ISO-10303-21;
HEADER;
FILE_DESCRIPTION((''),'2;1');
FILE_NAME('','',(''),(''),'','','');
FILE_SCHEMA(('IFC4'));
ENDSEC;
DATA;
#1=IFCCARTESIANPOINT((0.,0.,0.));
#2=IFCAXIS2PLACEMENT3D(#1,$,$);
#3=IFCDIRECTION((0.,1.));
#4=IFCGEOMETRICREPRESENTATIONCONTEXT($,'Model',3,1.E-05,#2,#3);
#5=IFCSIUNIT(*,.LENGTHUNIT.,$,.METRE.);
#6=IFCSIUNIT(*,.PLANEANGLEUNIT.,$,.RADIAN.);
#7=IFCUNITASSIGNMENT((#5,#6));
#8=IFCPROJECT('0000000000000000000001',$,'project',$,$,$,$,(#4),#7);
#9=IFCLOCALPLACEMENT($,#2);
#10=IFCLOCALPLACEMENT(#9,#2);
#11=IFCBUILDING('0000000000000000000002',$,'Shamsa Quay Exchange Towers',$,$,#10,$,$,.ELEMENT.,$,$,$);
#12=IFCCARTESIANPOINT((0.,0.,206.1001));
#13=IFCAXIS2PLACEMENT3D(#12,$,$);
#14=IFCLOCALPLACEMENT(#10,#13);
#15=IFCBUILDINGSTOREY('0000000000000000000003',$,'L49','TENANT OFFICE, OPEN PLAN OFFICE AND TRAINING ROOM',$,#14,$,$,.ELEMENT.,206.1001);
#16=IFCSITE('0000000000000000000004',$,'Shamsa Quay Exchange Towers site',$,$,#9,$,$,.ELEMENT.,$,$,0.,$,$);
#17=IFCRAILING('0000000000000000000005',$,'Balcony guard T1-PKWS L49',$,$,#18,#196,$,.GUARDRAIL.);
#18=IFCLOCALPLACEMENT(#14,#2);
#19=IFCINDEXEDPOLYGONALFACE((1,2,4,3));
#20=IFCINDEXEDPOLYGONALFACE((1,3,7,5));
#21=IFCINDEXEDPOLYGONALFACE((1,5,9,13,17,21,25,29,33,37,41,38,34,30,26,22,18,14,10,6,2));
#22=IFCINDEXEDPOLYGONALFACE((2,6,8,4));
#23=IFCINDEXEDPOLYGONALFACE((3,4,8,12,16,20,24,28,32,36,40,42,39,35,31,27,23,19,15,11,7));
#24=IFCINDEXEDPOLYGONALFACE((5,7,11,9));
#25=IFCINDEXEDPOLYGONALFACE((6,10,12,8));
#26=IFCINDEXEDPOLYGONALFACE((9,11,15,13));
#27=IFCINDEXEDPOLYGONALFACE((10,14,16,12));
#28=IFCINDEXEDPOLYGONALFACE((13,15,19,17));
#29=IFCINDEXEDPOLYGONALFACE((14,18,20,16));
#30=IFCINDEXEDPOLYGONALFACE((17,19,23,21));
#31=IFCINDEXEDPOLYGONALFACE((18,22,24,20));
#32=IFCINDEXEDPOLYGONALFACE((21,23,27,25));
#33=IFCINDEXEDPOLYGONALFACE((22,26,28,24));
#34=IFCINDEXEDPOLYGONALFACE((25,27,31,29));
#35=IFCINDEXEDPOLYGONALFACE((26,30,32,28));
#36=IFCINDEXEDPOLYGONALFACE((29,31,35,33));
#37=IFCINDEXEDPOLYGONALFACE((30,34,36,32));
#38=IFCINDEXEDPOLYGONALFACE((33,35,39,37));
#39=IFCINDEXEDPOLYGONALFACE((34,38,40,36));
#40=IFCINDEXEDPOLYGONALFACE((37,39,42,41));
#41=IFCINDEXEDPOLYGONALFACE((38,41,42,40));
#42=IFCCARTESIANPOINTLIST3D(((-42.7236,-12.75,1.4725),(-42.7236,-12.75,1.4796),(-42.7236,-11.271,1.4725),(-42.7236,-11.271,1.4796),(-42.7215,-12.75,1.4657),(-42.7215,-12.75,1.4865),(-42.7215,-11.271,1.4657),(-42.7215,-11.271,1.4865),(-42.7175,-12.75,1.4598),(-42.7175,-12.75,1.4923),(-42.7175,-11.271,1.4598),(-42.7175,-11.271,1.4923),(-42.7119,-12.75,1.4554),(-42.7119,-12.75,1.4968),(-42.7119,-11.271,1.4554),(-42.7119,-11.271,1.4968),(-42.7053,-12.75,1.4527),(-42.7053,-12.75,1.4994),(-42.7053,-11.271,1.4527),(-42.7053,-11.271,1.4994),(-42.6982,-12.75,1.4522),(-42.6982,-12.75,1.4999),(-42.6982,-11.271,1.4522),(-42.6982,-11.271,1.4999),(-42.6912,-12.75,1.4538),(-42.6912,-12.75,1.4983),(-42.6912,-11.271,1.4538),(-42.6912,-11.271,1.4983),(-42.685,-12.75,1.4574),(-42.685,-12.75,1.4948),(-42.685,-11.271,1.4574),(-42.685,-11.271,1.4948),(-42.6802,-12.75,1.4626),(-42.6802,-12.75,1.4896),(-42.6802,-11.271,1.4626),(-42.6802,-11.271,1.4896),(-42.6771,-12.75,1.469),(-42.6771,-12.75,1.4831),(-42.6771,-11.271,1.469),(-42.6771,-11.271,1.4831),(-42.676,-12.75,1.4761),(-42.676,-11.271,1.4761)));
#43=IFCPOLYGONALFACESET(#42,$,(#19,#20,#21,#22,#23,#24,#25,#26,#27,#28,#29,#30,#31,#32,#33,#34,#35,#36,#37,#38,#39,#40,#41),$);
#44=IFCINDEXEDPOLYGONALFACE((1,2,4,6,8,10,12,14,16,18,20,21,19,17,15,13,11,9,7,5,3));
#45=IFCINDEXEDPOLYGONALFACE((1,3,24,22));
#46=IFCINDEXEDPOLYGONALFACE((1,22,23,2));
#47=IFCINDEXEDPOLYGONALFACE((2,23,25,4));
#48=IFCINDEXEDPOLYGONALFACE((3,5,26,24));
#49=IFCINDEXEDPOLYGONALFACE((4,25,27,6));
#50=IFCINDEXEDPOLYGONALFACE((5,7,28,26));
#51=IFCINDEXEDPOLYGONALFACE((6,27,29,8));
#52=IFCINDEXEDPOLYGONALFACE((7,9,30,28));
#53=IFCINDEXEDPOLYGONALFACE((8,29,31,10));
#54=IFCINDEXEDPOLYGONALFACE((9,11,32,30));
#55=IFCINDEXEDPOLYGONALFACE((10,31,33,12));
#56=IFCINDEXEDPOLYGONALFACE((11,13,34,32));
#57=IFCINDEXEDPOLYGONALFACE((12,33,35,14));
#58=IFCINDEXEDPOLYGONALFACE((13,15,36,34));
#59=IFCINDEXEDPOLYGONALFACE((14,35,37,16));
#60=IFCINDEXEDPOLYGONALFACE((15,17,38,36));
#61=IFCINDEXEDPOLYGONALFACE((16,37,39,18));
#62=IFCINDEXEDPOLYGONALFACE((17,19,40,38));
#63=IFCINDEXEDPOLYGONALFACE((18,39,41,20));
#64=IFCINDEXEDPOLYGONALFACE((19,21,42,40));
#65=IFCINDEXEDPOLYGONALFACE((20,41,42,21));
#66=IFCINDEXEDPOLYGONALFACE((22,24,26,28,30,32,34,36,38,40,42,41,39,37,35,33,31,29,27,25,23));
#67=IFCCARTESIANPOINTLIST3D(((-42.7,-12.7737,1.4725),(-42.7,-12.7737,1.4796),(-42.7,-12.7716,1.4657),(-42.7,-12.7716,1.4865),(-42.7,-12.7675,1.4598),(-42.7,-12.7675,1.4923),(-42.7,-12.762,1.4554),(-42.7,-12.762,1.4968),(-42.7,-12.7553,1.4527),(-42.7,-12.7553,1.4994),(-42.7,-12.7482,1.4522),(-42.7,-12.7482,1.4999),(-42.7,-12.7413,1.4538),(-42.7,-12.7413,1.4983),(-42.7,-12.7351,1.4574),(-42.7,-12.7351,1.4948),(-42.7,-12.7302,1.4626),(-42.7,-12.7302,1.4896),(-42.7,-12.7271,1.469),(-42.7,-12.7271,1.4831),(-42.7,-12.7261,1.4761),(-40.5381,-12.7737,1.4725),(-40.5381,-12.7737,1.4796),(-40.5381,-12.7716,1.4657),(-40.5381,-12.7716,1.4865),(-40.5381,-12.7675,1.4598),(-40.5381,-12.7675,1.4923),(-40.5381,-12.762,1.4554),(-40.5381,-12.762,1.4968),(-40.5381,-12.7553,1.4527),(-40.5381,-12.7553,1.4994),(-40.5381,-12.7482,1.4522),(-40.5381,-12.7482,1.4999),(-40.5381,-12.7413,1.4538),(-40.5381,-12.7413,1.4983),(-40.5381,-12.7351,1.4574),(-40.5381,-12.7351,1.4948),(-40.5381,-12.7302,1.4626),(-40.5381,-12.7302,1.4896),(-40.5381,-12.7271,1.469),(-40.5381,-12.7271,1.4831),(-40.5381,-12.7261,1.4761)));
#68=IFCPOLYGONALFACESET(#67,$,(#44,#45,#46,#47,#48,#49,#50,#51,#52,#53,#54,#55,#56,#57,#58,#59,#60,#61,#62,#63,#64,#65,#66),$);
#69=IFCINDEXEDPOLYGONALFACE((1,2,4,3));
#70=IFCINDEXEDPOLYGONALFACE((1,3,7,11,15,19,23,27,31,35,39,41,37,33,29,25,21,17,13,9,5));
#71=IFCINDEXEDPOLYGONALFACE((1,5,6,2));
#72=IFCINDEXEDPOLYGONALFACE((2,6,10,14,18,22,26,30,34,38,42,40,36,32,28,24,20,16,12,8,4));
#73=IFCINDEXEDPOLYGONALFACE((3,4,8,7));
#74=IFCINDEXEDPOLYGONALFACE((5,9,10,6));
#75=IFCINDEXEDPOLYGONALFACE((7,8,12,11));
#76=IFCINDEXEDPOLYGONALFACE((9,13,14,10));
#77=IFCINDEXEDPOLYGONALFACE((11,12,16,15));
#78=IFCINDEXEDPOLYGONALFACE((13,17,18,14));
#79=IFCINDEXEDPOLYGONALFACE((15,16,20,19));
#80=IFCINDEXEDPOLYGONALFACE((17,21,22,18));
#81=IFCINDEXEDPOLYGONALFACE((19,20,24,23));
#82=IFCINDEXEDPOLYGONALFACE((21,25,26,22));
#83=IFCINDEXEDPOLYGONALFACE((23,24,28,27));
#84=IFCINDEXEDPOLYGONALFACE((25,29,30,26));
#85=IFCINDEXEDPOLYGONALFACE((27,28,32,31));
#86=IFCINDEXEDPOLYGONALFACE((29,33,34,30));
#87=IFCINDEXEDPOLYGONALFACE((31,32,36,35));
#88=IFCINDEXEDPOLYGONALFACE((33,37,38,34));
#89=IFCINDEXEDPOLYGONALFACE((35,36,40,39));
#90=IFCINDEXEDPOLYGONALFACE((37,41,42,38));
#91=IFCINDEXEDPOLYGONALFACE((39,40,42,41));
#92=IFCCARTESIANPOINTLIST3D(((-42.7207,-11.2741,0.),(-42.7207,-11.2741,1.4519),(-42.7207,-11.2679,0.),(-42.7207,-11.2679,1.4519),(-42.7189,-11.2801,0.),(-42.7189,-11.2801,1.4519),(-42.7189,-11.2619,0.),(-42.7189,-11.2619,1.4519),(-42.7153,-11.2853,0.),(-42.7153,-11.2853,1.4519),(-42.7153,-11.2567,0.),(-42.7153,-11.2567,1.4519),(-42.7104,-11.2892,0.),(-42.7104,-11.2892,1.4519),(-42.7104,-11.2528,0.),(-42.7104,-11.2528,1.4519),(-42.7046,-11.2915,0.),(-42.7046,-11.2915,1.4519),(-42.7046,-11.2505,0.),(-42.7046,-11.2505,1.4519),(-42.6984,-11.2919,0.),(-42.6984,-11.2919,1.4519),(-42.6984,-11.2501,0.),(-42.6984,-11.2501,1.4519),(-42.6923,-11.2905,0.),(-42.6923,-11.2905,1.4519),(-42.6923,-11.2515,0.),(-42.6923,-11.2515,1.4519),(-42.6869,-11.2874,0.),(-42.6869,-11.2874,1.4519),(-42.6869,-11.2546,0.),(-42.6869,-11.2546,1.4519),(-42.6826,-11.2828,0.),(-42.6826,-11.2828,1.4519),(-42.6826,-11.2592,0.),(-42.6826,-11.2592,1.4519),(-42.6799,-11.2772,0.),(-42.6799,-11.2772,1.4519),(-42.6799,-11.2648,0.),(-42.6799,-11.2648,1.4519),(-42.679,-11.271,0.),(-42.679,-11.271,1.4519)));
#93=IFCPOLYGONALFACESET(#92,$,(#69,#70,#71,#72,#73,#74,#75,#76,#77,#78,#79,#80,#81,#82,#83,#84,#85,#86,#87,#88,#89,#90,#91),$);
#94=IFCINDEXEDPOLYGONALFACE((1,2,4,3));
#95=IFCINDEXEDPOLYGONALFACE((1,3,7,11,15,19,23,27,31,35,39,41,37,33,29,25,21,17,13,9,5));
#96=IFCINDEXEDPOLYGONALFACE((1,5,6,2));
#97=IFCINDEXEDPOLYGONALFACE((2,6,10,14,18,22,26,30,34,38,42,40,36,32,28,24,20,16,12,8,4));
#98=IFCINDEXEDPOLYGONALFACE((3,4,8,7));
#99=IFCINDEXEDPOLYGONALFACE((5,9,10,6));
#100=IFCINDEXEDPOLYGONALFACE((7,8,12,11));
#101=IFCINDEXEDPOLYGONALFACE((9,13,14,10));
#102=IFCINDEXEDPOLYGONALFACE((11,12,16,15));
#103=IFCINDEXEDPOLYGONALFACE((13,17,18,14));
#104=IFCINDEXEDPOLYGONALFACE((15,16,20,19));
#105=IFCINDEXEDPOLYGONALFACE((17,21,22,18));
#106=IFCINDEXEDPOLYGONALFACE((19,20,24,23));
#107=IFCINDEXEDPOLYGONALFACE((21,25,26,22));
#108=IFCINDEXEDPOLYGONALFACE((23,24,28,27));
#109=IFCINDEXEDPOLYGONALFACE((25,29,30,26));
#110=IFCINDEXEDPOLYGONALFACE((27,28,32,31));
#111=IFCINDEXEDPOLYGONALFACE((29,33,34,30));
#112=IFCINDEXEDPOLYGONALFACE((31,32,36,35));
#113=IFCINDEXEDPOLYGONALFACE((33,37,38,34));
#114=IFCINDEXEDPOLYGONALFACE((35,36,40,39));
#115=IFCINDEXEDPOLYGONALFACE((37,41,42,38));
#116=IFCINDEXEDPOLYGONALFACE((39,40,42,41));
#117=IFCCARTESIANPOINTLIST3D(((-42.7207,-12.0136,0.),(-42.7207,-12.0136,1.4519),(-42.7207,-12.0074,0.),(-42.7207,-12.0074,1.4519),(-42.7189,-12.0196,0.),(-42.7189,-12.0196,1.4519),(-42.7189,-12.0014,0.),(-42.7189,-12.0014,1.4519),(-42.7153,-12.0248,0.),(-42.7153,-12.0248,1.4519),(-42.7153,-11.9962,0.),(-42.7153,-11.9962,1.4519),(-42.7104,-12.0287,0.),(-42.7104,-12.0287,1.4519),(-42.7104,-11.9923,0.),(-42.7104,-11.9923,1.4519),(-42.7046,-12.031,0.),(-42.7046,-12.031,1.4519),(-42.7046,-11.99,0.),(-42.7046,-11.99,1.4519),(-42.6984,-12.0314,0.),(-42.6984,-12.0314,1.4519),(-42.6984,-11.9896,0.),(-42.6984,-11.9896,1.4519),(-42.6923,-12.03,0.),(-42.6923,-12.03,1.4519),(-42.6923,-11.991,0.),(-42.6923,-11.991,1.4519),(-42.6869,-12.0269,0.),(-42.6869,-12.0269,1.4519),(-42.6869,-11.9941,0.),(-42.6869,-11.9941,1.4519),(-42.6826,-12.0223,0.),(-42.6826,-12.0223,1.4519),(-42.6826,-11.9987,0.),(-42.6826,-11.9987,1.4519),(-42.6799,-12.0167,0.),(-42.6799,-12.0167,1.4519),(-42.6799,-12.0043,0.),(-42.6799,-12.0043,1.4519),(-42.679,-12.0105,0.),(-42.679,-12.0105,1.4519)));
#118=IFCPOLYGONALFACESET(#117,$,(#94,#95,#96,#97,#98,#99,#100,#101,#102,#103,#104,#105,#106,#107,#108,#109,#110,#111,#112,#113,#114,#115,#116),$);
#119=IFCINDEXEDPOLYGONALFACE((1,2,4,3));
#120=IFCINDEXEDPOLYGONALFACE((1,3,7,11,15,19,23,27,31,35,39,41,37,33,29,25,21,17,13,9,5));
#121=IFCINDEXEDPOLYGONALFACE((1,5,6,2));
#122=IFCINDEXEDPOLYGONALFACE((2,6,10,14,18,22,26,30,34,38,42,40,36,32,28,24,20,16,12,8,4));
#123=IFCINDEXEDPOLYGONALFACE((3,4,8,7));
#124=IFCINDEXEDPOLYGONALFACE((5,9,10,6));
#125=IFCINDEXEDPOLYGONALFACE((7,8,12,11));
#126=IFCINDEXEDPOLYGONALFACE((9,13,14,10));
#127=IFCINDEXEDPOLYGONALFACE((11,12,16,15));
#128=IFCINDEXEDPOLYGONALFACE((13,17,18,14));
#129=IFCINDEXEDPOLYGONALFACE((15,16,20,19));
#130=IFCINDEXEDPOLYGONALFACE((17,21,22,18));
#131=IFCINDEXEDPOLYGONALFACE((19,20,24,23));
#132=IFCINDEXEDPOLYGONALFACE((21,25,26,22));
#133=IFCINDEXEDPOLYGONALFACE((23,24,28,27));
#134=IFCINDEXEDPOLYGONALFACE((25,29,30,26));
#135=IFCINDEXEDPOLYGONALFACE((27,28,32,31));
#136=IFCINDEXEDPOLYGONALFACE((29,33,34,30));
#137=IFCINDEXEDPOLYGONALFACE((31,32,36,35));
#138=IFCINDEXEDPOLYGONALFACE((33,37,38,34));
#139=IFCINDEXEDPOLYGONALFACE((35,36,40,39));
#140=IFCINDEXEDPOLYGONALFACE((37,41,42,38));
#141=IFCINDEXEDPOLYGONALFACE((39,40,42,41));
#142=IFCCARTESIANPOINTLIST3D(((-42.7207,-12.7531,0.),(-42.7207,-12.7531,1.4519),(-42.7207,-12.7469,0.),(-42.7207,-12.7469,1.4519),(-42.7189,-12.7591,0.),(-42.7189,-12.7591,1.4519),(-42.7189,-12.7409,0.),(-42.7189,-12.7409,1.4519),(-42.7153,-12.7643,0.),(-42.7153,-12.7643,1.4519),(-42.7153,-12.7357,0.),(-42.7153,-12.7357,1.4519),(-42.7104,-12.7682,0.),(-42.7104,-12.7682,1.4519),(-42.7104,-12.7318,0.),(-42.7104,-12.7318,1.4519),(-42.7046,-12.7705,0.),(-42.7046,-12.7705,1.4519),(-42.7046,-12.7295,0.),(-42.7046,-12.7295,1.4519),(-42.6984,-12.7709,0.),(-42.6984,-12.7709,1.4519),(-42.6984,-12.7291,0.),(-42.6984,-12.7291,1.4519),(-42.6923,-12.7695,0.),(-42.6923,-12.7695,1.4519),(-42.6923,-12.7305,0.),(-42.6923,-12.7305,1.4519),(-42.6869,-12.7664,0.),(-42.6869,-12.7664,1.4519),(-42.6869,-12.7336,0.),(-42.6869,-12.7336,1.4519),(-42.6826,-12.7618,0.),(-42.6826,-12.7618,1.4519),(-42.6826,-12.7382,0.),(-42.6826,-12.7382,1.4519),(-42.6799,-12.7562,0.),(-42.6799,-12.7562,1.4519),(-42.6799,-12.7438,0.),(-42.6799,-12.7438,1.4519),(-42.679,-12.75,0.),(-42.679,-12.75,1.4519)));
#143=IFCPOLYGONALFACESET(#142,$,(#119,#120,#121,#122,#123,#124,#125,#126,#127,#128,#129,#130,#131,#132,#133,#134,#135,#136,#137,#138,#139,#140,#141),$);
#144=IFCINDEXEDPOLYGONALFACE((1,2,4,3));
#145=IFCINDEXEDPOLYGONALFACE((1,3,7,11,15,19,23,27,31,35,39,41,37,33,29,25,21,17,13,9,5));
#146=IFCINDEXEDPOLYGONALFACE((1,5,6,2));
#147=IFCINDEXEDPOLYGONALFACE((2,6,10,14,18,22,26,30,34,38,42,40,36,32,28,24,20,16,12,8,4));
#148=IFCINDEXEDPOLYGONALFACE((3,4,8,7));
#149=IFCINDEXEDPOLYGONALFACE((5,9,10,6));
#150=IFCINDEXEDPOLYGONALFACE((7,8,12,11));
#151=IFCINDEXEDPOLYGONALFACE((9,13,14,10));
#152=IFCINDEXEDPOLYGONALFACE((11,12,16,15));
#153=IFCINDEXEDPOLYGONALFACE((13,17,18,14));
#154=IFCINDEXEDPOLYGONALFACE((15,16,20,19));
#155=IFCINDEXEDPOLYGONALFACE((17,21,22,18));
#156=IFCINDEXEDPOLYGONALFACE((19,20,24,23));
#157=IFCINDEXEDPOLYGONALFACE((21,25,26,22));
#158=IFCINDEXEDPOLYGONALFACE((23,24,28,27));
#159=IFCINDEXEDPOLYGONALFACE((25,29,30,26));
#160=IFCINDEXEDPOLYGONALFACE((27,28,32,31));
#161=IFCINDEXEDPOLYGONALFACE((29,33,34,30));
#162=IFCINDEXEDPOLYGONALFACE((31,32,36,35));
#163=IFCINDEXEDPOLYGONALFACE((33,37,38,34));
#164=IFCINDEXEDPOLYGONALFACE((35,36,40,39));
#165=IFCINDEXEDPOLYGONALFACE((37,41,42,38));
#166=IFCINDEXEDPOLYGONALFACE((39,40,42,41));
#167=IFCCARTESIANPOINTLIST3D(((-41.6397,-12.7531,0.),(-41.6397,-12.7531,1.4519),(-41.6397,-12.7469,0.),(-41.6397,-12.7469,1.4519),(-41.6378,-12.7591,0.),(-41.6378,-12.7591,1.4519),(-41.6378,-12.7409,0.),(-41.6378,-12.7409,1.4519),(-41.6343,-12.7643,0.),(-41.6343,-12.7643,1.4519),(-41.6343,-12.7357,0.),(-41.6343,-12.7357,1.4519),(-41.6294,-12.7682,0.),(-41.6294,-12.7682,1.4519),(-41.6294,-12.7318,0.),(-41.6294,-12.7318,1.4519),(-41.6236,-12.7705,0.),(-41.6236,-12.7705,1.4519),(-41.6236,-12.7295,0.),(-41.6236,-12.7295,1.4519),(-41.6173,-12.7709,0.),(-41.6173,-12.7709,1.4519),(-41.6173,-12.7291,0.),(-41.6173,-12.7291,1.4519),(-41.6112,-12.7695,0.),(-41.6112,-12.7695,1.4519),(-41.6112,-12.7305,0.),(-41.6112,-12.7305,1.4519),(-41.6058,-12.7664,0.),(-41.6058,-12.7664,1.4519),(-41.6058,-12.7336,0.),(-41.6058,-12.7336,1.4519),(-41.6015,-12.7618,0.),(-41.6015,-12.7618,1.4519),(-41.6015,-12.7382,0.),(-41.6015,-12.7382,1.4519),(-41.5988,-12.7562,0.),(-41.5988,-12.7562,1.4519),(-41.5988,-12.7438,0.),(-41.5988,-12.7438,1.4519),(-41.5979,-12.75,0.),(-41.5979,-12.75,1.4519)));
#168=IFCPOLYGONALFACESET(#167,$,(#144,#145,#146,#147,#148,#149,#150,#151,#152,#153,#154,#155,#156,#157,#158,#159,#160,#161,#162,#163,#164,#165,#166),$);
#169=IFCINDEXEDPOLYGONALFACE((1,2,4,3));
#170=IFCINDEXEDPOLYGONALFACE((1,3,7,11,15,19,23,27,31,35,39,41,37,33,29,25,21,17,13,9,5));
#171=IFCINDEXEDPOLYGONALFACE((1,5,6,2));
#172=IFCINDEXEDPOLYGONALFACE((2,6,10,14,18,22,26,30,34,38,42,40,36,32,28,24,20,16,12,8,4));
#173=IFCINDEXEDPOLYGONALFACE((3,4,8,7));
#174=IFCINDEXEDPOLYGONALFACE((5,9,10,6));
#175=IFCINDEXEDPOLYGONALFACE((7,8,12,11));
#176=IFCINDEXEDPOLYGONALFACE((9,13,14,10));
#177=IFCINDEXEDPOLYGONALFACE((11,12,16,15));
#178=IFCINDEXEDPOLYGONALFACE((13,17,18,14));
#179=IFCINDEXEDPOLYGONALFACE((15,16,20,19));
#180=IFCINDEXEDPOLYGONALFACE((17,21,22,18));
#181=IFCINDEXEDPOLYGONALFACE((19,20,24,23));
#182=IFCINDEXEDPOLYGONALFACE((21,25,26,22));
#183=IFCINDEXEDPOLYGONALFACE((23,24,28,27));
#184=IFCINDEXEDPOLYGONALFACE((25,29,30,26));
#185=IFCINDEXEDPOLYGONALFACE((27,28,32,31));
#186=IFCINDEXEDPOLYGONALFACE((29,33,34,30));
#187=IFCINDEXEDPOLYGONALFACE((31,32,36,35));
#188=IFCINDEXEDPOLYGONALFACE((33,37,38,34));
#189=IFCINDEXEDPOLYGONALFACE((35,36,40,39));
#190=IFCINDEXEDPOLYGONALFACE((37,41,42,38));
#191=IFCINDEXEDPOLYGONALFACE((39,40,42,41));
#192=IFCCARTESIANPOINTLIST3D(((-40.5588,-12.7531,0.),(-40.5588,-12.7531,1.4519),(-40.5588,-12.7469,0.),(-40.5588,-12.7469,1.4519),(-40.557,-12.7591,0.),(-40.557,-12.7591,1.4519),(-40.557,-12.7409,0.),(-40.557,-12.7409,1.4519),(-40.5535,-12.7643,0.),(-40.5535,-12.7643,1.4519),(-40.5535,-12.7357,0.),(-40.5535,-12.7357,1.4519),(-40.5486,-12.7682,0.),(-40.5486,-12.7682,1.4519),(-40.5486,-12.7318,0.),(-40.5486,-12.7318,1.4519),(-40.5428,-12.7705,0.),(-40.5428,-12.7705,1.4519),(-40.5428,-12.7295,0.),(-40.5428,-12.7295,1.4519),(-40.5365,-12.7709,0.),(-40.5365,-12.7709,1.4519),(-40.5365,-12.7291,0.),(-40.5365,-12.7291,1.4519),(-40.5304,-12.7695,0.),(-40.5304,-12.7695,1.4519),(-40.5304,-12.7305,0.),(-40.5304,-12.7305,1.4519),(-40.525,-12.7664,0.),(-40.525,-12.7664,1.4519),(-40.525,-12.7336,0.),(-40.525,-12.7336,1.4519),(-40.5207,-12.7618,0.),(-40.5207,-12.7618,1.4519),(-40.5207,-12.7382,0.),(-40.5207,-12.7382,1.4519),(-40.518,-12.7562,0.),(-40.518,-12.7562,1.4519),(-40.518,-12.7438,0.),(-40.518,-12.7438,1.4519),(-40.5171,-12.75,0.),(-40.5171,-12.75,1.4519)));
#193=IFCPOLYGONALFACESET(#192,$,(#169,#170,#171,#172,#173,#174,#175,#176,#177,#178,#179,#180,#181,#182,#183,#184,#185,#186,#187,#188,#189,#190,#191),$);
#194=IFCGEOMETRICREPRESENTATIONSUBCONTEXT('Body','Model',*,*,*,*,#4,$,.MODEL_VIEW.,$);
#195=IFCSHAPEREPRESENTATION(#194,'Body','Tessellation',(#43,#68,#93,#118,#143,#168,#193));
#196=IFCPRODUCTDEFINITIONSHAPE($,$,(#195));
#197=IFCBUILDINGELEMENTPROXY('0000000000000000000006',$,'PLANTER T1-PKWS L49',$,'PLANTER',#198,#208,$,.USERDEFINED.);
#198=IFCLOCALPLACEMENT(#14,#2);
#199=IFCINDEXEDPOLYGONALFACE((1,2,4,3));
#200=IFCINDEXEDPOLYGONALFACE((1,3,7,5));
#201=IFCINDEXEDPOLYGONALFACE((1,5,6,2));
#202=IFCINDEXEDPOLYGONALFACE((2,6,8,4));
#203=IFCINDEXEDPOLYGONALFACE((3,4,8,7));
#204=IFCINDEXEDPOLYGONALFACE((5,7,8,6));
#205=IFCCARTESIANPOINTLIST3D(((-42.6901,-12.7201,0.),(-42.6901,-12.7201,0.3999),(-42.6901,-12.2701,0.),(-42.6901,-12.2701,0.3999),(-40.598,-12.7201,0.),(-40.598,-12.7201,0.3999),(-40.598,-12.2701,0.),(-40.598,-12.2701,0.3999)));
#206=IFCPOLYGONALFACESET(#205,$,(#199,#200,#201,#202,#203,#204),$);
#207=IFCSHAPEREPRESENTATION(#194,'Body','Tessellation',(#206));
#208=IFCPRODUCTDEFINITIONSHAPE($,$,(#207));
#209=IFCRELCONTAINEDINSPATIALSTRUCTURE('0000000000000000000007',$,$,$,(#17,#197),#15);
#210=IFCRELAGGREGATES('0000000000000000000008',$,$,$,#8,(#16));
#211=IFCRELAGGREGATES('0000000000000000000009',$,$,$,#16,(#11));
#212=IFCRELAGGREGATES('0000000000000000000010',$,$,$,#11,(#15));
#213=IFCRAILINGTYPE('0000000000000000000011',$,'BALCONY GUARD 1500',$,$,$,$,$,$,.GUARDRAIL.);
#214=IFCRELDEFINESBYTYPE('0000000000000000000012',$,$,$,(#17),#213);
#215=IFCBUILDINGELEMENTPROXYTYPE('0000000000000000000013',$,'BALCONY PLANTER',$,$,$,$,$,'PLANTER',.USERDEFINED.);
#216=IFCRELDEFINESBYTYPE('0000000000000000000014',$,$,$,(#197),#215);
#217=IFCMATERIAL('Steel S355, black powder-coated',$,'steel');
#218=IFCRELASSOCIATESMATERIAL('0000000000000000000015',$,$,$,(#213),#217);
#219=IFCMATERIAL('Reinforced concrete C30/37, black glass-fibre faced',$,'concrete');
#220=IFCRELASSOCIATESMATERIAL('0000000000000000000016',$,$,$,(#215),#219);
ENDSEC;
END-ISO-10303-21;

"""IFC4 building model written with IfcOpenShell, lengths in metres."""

from ifc_helpers import new_model, si_unit, direction, frame, origin, origin_2d, place, context, subcontext, project, spatial, rectangle, circle, extrude, material, type_object, element, save


model = new_model("IFC4")

# Units and contexts
model_context = context("Model", 3, precision=1e-05, world=origin(), true_north=direction((0.0, 1.0)))
body_context = subcontext(model_context, "Body", "Model", "MODEL_VIEW")
ifc_project = project(units=[si_unit("LENGTHUNIT", "METRE"), si_unit("PLANEANGLEUNIT", "RADIAN")], contexts=[model_context])

# Site, building, storey
site_placement = place(None, origin())
site = spatial("IfcSite", under=ifc_project, at=site_placement, Name="Shamsa Quay Exchange Towers site", CompositionType="ELEMENT", RefElevation=0.0)
building_placement = place(site_placement, origin())
building = spatial("IfcBuilding", under=site, at=building_placement, Name="Shamsa Quay Exchange Towers", CompositionType="ELEMENT")
storey_placement = place(building_placement, frame((0.0, 0.0, 206.1001)))
storey = spatial("IfcBuildingStorey", under=building, at=storey_placement, Name="L49", Description="TENANT OFFICE, OPEN PLAN OFFICE AND TRAINING ROOM", CompositionType="ELEMENT", Elevation=206.1001)

# Railing
ifc_material_1 = material(Name="Steel S355, black powder-coated", Category="steel")
railing_type_1 = type_object("IfcRailingType", Name="BALCONY GUARD 1500", PredefinedType="GUARDRAIL", material=ifc_material_1)
railing_1_placement = place(storey_placement, frame((-42.7, -11.271, 0.0)))
element("IfcRailing", 1, at=railing_1_placement, inside=storey, type_object=railing_type_1, Name="Balcony guard T1-PKWS L49", PredefinedType="GUARDRAIL", context=body_context, shape_type="SweptSolid", body=[
    extrude(circle(Radius=0.0239, at=origin_2d()), frame((0.0, 0.0, 1.4761), z_axis=(0.0, -1.0, 0.0), x_axis=(1.0, 0.0, 0.0)), (0.0, 0.0, 1.0), 1.479),
    extrude(circle(Radius=0.0239, at=origin_2d()), frame((0.0, -1.479, 1.4761), z_axis=(1.0, 0.0, 0.0), x_axis=(0.0, 1.0, 0.0)), (0.0, 0.0, 1.0), 2.1619),
    extrude(circle(Radius=0.021, at=origin_2d()), origin(), (0.0, 0.0, 1.0), 1.4519),
    extrude(circle(Radius=0.021, at=origin_2d()), frame((0.0, -0.7395, 0.0)), (0.0, 0.0, 1.0), 1.4519),
    extrude(circle(Radius=0.021, at=origin_2d()), frame((0.0, -1.479, 0.0)), (0.0, 0.0, 1.0), 1.4519),
    extrude(circle(Radius=0.021, at=origin_2d()), frame((1.0811, -1.479, 0.0)), (0.0, 0.0, 1.0), 1.4519),
    extrude(circle(Radius=0.021, at=origin_2d()), frame((2.1619, -1.479, 0.0)), (0.0, 0.0, 1.0), 1.4519),
])

# Building element proxy
ifc_material_2 = material(Name="Reinforced concrete C30/37, black glass-fibre faced", Category="concrete")
building_element_proxy_type = type_object("IfcBuildingElementProxyType", Name="BALCONY PLANTER", ElementType="PLANTER", PredefinedType="USERDEFINED", material=ifc_material_2)
proxy_placement = place(storey_placement, frame((-41.644, -12.4951, 0.0)))
element("IfcBuildingElementProxy", 2, at=proxy_placement, inside=storey, type_object=building_element_proxy_type, Name="PLANTER T1-PKWS L49", ObjectType="PLANTER", PredefinedType="USERDEFINED", context=body_context, shape_type="SweptSolid", body=[
    extrude(rectangle(XDim=2.092, YDim=0.45, at=origin_2d()), origin(), (0.0, 0.0, 1.0), 0.3999),
])

save(model, "model.ifc")
